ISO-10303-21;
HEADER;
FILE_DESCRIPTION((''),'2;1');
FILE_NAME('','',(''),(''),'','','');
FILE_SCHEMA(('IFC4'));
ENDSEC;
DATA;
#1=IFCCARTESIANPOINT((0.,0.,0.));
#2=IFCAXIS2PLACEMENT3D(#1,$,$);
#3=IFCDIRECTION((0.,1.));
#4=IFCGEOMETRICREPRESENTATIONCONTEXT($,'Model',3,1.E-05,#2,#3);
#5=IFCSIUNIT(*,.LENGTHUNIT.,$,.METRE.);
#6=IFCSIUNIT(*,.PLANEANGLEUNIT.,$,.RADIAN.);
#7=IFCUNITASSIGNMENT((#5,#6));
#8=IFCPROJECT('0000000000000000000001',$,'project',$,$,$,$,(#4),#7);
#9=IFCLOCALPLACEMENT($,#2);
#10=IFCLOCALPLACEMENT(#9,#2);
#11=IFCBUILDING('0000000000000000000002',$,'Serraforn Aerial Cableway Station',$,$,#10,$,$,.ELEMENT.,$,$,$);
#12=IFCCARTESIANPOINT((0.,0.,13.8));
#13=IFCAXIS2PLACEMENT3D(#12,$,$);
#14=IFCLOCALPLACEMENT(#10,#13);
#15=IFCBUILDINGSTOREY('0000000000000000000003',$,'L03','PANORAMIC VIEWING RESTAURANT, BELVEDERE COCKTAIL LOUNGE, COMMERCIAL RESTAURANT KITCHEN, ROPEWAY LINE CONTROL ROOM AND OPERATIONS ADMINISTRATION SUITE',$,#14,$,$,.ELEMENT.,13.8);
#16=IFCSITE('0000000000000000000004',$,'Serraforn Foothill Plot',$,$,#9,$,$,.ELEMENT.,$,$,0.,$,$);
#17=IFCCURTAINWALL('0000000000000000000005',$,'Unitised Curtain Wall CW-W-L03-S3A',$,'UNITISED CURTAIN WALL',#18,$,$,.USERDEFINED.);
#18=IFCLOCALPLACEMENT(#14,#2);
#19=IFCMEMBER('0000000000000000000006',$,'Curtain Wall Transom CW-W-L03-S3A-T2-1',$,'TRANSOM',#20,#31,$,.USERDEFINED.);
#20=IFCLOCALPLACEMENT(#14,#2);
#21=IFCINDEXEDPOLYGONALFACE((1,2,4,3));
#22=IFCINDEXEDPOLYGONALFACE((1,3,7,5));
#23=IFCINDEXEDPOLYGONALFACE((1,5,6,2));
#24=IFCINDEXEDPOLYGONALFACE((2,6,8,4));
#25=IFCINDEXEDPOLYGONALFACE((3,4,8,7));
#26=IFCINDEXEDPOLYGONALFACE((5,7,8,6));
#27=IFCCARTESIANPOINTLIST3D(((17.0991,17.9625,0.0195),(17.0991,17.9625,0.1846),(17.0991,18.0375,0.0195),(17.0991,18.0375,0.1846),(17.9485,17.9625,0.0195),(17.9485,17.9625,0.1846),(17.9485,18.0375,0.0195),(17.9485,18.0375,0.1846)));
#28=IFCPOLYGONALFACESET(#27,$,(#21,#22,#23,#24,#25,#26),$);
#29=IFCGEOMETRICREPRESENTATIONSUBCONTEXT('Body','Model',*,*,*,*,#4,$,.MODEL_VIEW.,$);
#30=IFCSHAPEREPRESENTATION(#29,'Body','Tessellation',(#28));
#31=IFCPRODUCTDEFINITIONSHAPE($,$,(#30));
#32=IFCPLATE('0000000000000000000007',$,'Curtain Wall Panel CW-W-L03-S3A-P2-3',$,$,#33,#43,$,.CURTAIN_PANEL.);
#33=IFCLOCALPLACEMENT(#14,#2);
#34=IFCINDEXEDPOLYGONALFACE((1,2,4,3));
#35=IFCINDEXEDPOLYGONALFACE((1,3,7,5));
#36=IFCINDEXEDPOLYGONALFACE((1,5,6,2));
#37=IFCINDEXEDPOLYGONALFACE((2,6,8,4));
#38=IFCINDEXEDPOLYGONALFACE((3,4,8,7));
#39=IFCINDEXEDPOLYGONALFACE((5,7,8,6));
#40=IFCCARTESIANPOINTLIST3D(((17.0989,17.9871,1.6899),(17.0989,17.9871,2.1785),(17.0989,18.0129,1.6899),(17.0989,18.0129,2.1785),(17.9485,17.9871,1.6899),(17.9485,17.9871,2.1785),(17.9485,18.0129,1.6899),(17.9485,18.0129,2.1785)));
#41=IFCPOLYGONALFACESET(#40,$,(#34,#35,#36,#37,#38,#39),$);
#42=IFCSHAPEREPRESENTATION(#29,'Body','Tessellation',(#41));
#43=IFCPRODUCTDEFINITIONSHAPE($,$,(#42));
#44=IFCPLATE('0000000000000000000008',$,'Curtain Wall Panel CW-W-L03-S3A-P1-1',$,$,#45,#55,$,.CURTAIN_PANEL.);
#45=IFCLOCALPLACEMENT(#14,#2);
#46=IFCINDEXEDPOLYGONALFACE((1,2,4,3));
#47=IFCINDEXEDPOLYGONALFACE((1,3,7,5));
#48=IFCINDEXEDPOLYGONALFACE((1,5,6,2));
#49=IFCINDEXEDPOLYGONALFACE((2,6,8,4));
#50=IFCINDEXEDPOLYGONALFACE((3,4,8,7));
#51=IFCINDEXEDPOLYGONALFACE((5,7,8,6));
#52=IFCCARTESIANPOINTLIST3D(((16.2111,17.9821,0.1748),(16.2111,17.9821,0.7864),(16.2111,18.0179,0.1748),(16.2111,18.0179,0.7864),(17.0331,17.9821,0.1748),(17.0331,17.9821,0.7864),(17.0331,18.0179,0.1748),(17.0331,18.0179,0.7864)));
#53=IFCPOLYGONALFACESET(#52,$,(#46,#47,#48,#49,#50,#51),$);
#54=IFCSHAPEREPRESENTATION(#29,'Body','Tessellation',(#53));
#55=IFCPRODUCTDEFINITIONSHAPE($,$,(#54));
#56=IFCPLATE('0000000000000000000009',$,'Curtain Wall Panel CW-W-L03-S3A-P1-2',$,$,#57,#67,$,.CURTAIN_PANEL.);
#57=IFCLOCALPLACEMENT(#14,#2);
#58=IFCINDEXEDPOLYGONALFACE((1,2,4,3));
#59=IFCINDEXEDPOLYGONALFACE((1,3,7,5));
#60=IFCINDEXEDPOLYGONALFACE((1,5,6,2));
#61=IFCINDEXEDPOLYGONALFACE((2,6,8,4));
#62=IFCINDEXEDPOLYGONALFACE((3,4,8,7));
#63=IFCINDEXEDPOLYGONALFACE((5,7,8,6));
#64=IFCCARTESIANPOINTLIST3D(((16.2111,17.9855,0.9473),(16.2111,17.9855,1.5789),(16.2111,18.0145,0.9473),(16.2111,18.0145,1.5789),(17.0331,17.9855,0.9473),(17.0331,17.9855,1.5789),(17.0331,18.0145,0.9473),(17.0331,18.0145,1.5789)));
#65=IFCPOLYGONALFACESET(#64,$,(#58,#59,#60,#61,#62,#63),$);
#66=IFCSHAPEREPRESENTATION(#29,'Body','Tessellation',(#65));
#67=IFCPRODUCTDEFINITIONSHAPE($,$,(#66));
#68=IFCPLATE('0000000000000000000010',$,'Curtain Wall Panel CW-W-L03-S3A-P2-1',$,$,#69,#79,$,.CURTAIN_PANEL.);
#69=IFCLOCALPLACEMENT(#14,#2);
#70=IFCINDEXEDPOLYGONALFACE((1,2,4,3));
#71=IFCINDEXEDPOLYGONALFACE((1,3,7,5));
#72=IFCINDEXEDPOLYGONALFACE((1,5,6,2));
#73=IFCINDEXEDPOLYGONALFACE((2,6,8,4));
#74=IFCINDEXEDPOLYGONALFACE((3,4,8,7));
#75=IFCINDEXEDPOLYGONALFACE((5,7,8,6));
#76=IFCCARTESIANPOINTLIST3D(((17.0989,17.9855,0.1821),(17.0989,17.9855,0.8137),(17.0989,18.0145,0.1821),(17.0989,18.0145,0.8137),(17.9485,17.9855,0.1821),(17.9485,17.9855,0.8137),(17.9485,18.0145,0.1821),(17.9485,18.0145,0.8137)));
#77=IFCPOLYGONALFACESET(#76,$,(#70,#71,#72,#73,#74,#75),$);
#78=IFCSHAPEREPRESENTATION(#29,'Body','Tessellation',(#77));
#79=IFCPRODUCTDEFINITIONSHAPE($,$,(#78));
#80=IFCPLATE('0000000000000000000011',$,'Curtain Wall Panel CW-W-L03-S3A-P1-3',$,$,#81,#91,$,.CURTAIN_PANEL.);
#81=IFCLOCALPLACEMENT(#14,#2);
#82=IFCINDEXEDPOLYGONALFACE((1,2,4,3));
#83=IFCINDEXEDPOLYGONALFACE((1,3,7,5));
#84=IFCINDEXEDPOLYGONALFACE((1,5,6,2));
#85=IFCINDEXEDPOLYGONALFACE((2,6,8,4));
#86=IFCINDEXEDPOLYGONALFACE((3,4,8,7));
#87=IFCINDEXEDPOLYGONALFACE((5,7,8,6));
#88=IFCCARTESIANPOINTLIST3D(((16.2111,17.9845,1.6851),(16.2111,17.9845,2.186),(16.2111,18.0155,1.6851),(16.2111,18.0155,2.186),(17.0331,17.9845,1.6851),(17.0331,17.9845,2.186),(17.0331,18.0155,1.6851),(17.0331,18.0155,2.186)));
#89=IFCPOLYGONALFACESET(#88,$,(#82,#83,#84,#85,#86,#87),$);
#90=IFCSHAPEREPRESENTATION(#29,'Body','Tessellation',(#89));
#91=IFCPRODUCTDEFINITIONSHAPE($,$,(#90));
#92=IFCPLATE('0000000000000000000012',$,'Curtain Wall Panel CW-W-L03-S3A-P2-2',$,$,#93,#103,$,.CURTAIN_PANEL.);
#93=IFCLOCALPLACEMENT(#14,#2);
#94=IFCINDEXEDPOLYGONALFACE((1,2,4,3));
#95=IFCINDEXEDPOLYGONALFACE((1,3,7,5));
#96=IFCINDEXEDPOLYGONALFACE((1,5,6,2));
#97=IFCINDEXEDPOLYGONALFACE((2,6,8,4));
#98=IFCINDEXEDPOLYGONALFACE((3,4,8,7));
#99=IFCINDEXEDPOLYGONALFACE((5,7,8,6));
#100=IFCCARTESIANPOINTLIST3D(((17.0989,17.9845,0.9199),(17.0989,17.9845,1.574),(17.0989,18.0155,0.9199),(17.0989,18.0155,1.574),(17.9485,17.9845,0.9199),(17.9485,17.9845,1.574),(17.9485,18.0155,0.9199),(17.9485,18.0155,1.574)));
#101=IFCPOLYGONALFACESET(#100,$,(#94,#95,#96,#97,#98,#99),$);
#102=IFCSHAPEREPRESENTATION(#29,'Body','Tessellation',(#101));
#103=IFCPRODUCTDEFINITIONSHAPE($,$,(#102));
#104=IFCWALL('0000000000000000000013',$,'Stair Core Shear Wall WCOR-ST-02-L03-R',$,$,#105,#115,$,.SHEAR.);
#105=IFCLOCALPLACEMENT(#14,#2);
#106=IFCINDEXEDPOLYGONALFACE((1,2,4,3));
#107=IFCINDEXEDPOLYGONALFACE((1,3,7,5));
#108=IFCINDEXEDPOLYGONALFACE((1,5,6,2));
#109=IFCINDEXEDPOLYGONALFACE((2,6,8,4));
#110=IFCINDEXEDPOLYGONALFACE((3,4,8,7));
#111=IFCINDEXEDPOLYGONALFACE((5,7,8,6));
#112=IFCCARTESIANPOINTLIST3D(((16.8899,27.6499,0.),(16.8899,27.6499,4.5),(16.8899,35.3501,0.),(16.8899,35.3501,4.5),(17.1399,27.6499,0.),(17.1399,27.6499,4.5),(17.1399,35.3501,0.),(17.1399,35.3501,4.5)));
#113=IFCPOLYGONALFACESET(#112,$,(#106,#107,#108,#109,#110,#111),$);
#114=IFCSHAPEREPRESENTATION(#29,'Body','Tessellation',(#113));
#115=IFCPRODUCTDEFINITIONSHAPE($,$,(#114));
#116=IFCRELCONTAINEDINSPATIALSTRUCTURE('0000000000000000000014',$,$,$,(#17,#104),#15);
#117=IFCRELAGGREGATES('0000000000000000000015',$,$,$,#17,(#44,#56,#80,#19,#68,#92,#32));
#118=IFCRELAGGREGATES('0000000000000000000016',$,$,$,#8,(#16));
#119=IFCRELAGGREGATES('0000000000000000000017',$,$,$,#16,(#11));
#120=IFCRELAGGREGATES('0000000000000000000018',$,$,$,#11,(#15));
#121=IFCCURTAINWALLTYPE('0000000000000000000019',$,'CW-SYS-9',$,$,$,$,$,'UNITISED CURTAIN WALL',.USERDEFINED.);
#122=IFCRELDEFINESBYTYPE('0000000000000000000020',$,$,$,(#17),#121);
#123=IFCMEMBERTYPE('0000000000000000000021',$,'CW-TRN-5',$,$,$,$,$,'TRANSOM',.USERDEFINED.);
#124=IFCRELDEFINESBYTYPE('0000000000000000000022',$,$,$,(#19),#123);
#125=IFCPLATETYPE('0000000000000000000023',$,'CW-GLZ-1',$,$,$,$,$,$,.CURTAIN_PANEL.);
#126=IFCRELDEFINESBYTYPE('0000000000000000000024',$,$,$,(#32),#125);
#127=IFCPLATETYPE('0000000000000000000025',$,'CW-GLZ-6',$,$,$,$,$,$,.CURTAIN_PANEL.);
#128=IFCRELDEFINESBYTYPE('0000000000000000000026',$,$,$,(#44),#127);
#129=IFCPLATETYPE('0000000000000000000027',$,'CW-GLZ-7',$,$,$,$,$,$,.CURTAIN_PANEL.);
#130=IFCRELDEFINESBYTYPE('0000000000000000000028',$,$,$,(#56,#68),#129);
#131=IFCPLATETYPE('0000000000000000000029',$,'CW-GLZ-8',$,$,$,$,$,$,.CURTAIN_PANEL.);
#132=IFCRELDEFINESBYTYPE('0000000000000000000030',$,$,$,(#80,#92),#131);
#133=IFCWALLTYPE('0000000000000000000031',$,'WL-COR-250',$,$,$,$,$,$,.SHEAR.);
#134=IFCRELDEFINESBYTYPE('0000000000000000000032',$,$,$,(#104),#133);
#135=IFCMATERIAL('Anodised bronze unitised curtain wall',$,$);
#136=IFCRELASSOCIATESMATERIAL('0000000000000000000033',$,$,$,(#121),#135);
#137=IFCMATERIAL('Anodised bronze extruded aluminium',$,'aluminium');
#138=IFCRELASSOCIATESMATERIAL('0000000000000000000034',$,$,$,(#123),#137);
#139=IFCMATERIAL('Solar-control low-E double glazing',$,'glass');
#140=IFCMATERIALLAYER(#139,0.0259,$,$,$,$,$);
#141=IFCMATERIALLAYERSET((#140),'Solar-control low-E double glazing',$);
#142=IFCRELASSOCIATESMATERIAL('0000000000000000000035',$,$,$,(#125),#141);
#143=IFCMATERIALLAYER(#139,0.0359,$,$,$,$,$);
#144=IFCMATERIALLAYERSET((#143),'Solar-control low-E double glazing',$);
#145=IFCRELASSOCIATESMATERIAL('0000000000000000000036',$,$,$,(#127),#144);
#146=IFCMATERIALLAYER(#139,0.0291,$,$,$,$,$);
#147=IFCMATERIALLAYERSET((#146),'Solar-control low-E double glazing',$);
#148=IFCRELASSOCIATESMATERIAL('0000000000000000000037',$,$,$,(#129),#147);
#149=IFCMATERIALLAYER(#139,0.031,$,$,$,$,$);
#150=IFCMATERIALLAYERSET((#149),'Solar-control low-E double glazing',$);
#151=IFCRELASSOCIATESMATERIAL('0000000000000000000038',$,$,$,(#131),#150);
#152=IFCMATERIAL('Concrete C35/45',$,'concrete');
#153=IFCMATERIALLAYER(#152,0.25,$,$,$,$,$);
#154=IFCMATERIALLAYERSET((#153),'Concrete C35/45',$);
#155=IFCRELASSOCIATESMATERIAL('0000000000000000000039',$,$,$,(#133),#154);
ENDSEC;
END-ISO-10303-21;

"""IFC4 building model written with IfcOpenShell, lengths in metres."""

from ifc_helpers import new_model, si_unit, direction, frame, frame_2d, origin, origin_2d, place, context, subcontext, project, spatial, rectangle, extrude, material, layer, layer_set, material_profile, profile_set, type_object, element, aggregate, save


model = new_model("IFC4")

# Units and contexts
model_context = context("Model", 3, precision=1e-05, world=origin(), true_north=direction((0.0, 1.0)))
body_context = subcontext(model_context, "Body", "Model", "MODEL_VIEW")
ifc_project = project(units=[si_unit("LENGTHUNIT", "METRE"), si_unit("PLANEANGLEUNIT", "RADIAN")], contexts=[model_context])

# Site, building, storey
site_placement = place(None, origin())
site = spatial("IfcSite", under=ifc_project, at=site_placement, Name="Serraforn Foothill Plot", CompositionType="ELEMENT", RefElevation=0.0)
building_placement = place(site_placement, origin())
building = spatial("IfcBuilding", under=site, at=building_placement, Name="Serraforn Aerial Cableway Station", CompositionType="ELEMENT")
storey_placement = place(building_placement, frame((0.0, 0.0, 13.8)))
storey = spatial("IfcBuildingStorey", under=building, at=storey_placement, Name="L03", Description="PANORAMIC VIEWING RESTAURANT, BELVEDERE COCKTAIL LOUNGE, COMMERCIAL RESTAURANT KITCHEN, ROPEWAY LINE CONTROL ROOM AND OPERATIONS ADMINISTRATION SUITE", CompositionType="ELEMENT", Elevation=13.8)

# Curtain wall, member, plates
ifc_material_1 = material(Name="Anodised bronze unitised curtain wall")
curtain_wall_type = type_object("IfcCurtainWallType", Name="CW-SYS-9", ElementType="UNITISED CURTAIN WALL", PredefinedType="USERDEFINED", material=ifc_material_1)
curtain_wall_placement = place(storey_placement, origin())
curtain_wall = element("IfcCurtainWall", 1, at=curtain_wall_placement, inside=storey, type_object=curtain_wall_type, Name="Unitised Curtain Wall CW-W-L03-S3A", ObjectType="UNITISED CURTAIN WALL", PredefinedType="USERDEFINED")
ifc_material_2 = material(Name="Anodised bronze extruded aluminium", Category="aluminium")
ifc_material_profile_1 = material_profile(ifc_material_2, rectangle(XDim=0.075, YDim=0.165, at=origin_2d()), Name="CW TRANSOM 75x165")
ifc_profile_set_1 = profile_set([ifc_material_profile_1], Name="Anodised bronze extruded aluminium")
member_type_1 = type_object("IfcMemberType", Name="CW-TRN-5", ElementType="TRANSOM", PredefinedType="USERDEFINED", material=ifc_profile_set_1)
member_1_placement = place(storey_placement, frame((17.0991, 18.0, 0.1021), z_axis=(1.0, 0.0, 0.0), x_axis=(0.0, 1.0, 0.0)))
member_1 = element("IfcMember", 2, at=member_1_placement, type_object=member_type_1, Name="Curtain Wall Transom CW-W-L03-S3A-T2-1", ObjectType="TRANSOM", PredefinedType="USERDEFINED", context=body_context, shape_type="SweptSolid", body=[
    extrude(rectangle(XDim=0.075, YDim=0.165, at=origin_2d()), origin(), (0.0, 0.0, 1.0), 0.8494),
])
ifc_material_3 = material(Name="Solar-control low-E double glazing", Category="glass")
ifc_layer_1 = layer(ifc_material_3, 0.0259)
ifc_layer_set_1 = layer_set([ifc_layer_1], Name="Solar-control low-E double glazing")
plate_type_1 = type_object("IfcPlateType", Name="CW-GLZ-1", PredefinedType="CURTAIN_PANEL", material=ifc_layer_set_1)
plate_1_placement = place(storey_placement, frame((17.5237, 18.0, 1.6899), z_axis=(0.0, 0.0, 1.0), x_axis=(1.0, 0.0, 0.0)))
plate_1 = element("IfcPlate", 3, at=plate_1_placement, type_object=plate_type_1, Name="Curtain Wall Panel CW-W-L03-S3A-P2-3", PredefinedType="CURTAIN_PANEL", context=body_context, shape_type="SweptSolid", body=[
    extrude(rectangle(XDim=0.8496, YDim=0.0259, at=origin_2d()), origin(), (0.0, 0.0, 1.0), 0.4885),
])
ifc_layer_2 = layer(ifc_material_3, 0.0359)
ifc_layer_set_2 = layer_set([ifc_layer_2], Name="Solar-control low-E double glazing")
plate_type_2 = type_object("IfcPlateType", Name="CW-GLZ-6", PredefinedType="CURTAIN_PANEL", material=ifc_layer_set_2)
plate_2_placement = place(storey_placement, frame((16.6221, 18.0, 0.1748), z_axis=(0.0, 0.0, 1.0), x_axis=(1.0, 0.0, 0.0)))
plate_2 = element("IfcPlate", 4, at=plate_2_placement, type_object=plate_type_2, Name="Curtain Wall Panel CW-W-L03-S3A-P1-1", PredefinedType="CURTAIN_PANEL", context=body_context, shape_type="SweptSolid", body=[
    extrude(rectangle(XDim=0.822, YDim=0.0359, at=origin_2d()), origin(), (0.0, 0.0, 1.0), 0.6116),
])
ifc_layer_3 = layer(ifc_material_3, 0.0291)
ifc_layer_set_3 = layer_set([ifc_layer_3], Name="Solar-control low-E double glazing")
plate_type_3 = type_object("IfcPlateType", Name="CW-GLZ-7", PredefinedType="CURTAIN_PANEL", material=ifc_layer_set_3)
plate_3_placement = place(storey_placement, frame((16.6221, 18.0, 0.9473), z_axis=(0.0, 0.0, 1.0), x_axis=(1.0, 0.0, 0.0)))
plate_3 = element("IfcPlate", 5, at=plate_3_placement, type_object=plate_type_3, Name="Curtain Wall Panel CW-W-L03-S3A-P1-2", PredefinedType="CURTAIN_PANEL", context=body_context, shape_type="SweptSolid", body=[
    extrude(rectangle(XDim=0.822, YDim=0.0291, at=origin_2d()), origin(), (0.0, 0.0, 1.0), 0.6316),
])
plate_4_placement = place(storey_placement, frame((17.5237, 18.0, 0.1821), z_axis=(0.0, 0.0, 1.0), x_axis=(1.0, 0.0, 0.0)))
plate_4 = element("IfcPlate", 6, at=plate_4_placement, type_object=plate_type_3, Name="Curtain Wall Panel CW-W-L03-S3A-P2-1", PredefinedType="CURTAIN_PANEL", context=body_context, shape_type="SweptSolid", body=[
    extrude(rectangle(XDim=0.8496, YDim=0.0291, at=origin_2d()), origin(), (0.0, 0.0, 1.0), 0.6316),
])
ifc_layer_4 = layer(ifc_material_3, 0.031)
ifc_layer_set_4 = layer_set([ifc_layer_4], Name="Solar-control low-E double glazing")
plate_type_4 = type_object("IfcPlateType", Name="CW-GLZ-8", PredefinedType="CURTAIN_PANEL", material=ifc_layer_set_4)
plate_5_placement = place(storey_placement, frame((16.6221, 18.0, 1.6851), z_axis=(0.0, 0.0, 1.0), x_axis=(1.0, 0.0, 0.0)))
plate_5 = element("IfcPlate", 7, at=plate_5_placement, type_object=plate_type_4, Name="Curtain Wall Panel CW-W-L03-S3A-P1-3", PredefinedType="CURTAIN_PANEL", context=body_context, shape_type="SweptSolid", body=[
    extrude(rectangle(XDim=0.822, YDim=0.031, at=origin_2d()), origin(), (0.0, 0.0, 1.0), 0.501),
])
plate_6_placement = place(storey_placement, frame((17.5237, 18.0, 0.9199), z_axis=(0.0, 0.0, 1.0), x_axis=(1.0, 0.0, 0.0)))
plate_6 = element("IfcPlate", 8, at=plate_6_placement, type_object=plate_type_4, Name="Curtain Wall Panel CW-W-L03-S3A-P2-2", PredefinedType="CURTAIN_PANEL", context=body_context, shape_type="SweptSolid", body=[
    extrude(rectangle(XDim=0.8496, YDim=0.031, at=origin_2d()), origin(), (0.0, 0.0, 1.0), 0.6541),
])
aggregate(curtain_wall, [plate_2, plate_3, plate_5, member_1, plate_4, plate_6, plate_1])

# Wall
ifc_material_4 = material(Name="Concrete C35/45", Category="concrete")
ifc_layer_5 = layer(ifc_material_4, 0.25)
ifc_layer_set_5 = layer_set([ifc_layer_5], Name="Concrete C35/45")
wall_type_1 = type_object("IfcWallType", Name="WL-COR-250", PredefinedType="SHEAR", material=ifc_layer_set_5)
wall_1_placement = place(storey_placement, frame((17.0149, 27.6499, 0.0), z_axis=(0.0, 0.0, 1.0), x_axis=(0.0, 1.0, 0.0)))
element("IfcWall", 9, at=wall_1_placement, inside=storey, type_object=wall_type_1, Name="Stair Core Shear Wall WCOR-ST-02-L03-R", PredefinedType="SHEAR", context=body_context, shape_type="SweptSolid", body=[
    extrude(rectangle(XDim=7.7002, YDim=0.25, at=frame_2d((3.8501, 0.0))), origin(), (0.0, 0.0, 1.0), 4.5),
])

save(model, "model.ifc")
